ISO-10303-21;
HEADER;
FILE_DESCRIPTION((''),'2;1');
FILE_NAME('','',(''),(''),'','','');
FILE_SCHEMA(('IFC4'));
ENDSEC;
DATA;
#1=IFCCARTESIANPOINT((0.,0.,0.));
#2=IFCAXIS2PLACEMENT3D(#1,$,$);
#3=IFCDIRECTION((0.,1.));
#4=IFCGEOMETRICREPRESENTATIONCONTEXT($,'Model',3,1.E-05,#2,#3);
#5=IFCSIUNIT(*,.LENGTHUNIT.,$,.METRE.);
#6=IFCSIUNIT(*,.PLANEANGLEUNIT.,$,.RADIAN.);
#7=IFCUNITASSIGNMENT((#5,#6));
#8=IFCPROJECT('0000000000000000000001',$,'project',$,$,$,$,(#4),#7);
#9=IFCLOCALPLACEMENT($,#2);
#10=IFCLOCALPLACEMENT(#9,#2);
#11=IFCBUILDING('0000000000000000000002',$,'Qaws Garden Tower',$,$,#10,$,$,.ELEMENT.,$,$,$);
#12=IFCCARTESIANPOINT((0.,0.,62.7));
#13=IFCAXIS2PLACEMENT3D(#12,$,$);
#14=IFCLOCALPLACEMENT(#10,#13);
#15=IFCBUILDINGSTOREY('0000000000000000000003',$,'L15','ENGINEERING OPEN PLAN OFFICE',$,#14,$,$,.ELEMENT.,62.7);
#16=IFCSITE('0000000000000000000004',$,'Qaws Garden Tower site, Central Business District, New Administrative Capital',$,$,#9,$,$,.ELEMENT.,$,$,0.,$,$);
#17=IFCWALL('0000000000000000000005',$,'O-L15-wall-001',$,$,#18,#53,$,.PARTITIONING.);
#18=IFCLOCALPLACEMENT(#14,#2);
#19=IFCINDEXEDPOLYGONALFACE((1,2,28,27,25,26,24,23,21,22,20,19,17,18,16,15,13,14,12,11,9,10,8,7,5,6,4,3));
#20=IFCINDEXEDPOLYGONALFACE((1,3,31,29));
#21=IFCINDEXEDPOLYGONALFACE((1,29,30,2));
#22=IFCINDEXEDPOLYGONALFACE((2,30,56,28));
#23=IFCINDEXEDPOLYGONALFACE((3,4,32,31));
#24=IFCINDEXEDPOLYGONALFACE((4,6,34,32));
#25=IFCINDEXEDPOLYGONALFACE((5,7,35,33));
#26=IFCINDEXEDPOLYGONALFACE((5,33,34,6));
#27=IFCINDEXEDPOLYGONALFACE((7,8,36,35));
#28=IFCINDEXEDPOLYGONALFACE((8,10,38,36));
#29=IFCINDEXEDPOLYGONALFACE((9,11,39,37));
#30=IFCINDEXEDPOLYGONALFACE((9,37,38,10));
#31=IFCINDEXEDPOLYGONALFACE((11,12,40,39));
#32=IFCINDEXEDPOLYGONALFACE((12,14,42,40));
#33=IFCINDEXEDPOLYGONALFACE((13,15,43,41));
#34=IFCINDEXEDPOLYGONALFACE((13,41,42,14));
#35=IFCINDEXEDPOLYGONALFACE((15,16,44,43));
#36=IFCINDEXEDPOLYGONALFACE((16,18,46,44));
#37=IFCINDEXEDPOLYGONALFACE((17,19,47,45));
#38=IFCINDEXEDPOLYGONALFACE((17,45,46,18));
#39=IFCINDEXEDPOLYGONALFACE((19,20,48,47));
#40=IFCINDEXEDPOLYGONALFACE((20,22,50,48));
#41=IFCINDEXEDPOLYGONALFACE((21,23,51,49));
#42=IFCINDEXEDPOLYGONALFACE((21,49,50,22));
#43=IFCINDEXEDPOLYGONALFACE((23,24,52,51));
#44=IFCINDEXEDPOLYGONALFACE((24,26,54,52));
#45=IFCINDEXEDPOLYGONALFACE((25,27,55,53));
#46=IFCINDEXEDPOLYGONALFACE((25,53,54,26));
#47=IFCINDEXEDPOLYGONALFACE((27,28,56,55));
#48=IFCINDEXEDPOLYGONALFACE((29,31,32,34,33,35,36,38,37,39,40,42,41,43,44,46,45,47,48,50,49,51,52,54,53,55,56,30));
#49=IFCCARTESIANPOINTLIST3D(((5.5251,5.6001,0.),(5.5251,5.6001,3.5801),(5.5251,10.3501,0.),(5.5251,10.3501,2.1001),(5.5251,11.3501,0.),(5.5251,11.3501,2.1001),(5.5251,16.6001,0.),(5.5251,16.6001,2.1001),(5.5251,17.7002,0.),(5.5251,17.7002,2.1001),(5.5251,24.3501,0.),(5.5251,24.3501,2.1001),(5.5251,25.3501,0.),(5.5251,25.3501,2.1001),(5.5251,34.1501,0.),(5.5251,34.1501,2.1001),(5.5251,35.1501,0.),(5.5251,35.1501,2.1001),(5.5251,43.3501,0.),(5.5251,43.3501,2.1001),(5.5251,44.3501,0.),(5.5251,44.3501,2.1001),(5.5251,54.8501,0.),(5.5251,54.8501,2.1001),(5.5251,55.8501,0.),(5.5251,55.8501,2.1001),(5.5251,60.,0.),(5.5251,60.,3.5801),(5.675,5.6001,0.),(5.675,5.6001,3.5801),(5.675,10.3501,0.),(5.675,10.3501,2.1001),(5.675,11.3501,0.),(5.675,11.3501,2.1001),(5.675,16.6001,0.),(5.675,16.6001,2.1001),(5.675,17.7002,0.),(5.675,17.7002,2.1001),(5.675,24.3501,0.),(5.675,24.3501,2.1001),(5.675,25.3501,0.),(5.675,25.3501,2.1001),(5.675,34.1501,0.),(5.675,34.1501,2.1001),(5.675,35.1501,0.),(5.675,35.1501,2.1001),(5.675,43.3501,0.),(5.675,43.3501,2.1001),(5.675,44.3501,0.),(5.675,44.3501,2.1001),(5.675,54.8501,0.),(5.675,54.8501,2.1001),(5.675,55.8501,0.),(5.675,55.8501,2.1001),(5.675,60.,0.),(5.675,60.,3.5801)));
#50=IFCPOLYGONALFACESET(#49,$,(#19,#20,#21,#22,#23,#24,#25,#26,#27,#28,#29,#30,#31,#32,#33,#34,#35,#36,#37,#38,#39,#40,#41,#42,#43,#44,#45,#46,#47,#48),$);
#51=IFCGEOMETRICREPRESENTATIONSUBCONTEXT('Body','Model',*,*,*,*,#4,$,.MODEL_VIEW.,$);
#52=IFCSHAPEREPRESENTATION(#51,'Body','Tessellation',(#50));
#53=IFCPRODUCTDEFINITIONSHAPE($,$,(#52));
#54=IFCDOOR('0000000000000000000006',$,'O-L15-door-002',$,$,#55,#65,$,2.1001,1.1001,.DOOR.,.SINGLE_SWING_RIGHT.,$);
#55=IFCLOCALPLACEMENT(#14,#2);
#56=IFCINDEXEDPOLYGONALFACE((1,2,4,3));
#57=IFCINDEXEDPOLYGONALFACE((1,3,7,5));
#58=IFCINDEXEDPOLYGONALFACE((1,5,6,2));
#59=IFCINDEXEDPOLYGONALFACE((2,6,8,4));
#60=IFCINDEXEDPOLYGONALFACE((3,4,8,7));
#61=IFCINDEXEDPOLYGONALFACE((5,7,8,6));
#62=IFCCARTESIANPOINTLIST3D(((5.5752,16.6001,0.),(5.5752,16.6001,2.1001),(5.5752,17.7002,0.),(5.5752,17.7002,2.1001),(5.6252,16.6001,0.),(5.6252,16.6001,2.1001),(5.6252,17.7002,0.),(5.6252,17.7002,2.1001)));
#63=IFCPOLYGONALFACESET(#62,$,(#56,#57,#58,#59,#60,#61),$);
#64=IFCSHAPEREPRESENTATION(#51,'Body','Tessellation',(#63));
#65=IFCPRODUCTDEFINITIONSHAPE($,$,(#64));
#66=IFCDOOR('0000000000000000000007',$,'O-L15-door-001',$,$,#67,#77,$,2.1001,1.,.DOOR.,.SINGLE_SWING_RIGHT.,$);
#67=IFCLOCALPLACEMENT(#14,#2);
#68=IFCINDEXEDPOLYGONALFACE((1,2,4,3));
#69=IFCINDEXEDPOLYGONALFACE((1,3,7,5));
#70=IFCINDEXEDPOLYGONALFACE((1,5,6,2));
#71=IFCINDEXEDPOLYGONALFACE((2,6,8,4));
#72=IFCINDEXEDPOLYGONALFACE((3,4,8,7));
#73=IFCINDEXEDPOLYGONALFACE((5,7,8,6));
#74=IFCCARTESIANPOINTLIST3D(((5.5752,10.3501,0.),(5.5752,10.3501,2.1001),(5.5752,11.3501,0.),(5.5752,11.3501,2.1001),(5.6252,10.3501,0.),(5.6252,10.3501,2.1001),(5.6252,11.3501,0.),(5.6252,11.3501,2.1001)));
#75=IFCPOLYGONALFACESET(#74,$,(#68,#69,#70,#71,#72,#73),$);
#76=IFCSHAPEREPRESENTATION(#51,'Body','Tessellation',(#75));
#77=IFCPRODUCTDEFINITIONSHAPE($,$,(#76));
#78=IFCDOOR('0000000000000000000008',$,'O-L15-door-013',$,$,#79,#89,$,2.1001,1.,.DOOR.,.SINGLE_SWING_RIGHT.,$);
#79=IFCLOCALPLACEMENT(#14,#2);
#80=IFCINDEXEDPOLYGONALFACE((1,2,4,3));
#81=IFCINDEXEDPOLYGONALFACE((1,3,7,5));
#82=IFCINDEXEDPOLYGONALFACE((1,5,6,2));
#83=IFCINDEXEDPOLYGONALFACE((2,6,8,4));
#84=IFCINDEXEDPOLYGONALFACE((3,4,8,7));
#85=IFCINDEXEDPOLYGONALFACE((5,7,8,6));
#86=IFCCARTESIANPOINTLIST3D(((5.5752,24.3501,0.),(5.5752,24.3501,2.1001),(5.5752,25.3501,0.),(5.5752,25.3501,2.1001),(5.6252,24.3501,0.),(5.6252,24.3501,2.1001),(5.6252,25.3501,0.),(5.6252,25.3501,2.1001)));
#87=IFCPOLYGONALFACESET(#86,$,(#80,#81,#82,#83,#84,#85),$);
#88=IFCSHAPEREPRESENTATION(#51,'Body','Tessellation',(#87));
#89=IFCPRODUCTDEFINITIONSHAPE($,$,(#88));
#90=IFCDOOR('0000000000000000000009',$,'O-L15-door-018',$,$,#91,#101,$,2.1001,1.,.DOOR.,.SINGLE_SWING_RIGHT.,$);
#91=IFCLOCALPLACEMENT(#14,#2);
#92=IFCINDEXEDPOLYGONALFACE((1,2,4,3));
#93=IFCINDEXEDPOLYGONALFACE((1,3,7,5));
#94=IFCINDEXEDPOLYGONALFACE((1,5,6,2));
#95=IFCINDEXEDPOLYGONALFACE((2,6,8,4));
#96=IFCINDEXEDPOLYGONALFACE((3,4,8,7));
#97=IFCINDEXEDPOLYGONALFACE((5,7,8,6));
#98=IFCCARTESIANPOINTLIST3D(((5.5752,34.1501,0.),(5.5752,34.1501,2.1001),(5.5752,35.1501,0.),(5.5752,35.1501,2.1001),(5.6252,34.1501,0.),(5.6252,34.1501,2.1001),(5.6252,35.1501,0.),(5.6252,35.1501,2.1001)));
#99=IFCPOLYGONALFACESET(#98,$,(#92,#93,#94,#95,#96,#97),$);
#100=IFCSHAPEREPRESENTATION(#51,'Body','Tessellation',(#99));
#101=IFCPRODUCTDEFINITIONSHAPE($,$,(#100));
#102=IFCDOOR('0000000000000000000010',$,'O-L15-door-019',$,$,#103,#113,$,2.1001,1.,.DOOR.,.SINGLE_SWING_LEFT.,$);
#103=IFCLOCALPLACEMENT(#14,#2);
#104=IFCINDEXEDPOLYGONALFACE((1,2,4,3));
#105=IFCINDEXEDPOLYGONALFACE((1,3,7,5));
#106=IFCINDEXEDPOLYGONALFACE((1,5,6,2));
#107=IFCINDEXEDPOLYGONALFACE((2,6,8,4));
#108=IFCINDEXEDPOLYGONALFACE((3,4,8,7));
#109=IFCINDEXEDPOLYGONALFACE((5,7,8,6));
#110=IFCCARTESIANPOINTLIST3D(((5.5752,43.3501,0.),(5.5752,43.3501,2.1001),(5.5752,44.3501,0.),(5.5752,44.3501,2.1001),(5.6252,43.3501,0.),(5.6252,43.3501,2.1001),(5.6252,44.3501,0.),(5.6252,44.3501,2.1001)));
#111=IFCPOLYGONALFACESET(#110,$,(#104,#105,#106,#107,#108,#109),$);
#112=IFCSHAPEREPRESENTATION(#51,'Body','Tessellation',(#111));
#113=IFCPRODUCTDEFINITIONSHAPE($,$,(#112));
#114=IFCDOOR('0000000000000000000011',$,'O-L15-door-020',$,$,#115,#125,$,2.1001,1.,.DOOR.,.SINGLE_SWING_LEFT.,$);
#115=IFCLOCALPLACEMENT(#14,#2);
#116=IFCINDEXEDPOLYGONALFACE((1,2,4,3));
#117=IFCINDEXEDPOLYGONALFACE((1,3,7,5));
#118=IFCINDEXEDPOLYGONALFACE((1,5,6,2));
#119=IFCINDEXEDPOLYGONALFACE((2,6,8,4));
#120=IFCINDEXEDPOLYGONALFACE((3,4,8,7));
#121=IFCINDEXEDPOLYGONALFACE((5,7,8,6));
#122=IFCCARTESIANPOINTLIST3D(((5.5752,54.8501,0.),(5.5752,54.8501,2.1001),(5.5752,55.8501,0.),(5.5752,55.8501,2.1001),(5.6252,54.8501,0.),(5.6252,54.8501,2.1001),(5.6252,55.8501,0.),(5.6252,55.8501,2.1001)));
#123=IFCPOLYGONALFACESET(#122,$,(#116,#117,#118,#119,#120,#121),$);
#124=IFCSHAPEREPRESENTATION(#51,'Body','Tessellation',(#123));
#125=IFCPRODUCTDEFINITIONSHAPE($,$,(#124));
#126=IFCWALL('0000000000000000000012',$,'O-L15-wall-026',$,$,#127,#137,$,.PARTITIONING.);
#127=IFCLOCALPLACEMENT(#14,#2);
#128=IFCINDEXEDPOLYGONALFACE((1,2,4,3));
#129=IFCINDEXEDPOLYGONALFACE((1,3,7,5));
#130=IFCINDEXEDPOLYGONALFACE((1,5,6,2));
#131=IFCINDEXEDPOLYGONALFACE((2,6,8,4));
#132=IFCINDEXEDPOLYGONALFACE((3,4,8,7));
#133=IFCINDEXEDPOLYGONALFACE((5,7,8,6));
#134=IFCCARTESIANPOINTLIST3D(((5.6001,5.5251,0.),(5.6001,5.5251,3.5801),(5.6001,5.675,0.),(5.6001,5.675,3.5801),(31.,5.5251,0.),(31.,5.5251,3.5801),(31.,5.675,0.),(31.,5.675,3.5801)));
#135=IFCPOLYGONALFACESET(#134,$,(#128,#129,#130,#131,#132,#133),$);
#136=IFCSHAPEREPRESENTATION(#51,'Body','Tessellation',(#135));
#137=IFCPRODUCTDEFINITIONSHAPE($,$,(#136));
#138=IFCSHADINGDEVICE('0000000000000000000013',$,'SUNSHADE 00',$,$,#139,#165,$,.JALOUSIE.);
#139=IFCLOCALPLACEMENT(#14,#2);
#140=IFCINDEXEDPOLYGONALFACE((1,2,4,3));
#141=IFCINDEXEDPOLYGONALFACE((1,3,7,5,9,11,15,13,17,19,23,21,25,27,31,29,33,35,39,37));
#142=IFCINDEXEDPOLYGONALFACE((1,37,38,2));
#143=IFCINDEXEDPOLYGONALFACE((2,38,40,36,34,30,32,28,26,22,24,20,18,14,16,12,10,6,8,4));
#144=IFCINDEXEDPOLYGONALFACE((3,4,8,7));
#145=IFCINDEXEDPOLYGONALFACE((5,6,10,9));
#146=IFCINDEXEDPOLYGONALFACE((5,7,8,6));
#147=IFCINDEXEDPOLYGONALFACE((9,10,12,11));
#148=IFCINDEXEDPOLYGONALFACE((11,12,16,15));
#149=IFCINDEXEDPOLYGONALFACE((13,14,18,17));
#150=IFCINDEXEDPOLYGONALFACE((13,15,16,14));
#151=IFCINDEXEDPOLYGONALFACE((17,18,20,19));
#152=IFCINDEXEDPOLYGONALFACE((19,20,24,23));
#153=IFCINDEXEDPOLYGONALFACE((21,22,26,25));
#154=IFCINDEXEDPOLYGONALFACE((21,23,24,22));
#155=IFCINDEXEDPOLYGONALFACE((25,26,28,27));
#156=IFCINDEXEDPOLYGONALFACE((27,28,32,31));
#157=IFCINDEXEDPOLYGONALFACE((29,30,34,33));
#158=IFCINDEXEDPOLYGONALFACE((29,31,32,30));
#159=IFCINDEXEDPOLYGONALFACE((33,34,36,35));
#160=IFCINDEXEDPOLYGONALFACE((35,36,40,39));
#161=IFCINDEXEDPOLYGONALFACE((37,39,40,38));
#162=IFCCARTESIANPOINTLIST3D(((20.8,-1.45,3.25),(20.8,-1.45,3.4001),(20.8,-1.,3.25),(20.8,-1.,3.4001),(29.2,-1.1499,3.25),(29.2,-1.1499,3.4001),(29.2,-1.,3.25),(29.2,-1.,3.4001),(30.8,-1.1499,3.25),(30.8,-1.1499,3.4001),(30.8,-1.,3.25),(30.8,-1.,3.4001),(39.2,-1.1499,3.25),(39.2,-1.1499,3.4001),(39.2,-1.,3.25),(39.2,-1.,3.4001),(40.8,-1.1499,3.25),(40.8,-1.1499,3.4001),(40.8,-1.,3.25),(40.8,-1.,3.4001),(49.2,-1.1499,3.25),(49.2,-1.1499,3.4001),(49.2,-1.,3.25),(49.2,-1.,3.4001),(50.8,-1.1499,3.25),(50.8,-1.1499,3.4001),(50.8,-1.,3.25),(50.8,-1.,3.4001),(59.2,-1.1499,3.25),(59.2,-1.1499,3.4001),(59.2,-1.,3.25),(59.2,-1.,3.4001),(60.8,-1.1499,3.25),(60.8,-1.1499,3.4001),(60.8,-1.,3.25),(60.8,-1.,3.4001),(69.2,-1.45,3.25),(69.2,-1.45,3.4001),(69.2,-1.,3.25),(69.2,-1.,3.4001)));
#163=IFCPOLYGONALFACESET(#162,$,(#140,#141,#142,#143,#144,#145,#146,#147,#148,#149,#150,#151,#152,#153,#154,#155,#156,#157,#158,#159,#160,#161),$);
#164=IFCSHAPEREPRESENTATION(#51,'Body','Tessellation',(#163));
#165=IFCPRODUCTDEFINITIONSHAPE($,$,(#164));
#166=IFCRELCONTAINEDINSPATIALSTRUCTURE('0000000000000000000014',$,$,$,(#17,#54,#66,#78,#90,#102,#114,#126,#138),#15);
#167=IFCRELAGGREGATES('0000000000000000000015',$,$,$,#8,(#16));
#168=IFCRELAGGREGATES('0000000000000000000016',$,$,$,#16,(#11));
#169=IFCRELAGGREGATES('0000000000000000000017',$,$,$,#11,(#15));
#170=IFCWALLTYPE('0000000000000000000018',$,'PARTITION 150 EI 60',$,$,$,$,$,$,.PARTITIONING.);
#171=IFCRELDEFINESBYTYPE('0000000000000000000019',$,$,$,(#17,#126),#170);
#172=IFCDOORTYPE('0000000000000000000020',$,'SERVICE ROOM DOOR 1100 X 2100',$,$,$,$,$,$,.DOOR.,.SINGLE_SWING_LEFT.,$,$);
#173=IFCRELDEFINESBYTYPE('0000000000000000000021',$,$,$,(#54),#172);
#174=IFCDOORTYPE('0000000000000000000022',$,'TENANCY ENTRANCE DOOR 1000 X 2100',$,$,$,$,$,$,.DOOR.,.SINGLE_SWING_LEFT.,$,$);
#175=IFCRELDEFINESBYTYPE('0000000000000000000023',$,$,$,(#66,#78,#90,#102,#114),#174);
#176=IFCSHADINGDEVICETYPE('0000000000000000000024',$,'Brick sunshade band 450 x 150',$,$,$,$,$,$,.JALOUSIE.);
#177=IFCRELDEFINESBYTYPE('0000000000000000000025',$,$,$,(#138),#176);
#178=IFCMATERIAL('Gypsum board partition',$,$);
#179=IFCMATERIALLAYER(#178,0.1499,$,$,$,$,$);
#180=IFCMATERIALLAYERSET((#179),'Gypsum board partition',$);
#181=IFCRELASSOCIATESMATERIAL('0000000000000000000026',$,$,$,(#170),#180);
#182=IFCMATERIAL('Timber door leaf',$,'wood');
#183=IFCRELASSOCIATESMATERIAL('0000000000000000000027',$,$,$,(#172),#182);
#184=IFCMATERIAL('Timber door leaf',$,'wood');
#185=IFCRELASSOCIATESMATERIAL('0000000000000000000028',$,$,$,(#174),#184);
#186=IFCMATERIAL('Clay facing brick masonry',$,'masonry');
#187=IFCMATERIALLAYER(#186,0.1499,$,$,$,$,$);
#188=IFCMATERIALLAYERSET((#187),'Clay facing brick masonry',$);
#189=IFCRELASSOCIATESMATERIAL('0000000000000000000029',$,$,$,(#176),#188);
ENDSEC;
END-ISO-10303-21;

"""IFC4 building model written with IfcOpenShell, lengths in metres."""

from ifc_helpers import new_model, si_unit, direction, frame, frame_2d, origin, place, context, subcontext, project, spatial, polyline, rectangle, outline, extrude, material, layer, layer_set, type_object, element, fill, save


model = new_model("IFC4")

# Units and contexts
model_context = context("Model", 3, precision=1e-05, world=origin(), true_north=direction((0.0, 1.0)))
body_context = subcontext(model_context, "Body", "Model", "MODEL_VIEW")
ifc_project = project(units=[si_unit("LENGTHUNIT", "METRE"), si_unit("PLANEANGLEUNIT", "RADIAN")], contexts=[model_context])

# Site, building, storey
site_placement = place(None, origin())
site = spatial("IfcSite", under=ifc_project, at=site_placement, Name="Qaws Garden Tower site, Central Business District, New Administrative Capital", CompositionType="ELEMENT", RefElevation=0.0)
building_placement = place(site_placement, origin())
building = spatial("IfcBuilding", under=site, at=building_placement, Name="Qaws Garden Tower", CompositionType="ELEMENT")
storey_placement = place(building_placement, frame((0.0, 0.0, 62.7)))
storey = spatial("IfcBuildingStorey", under=building, at=storey_placement, Name="L15", Description="ENGINEERING OPEN PLAN OFFICE", CompositionType="ELEMENT", Elevation=62.7)

# Wall, openings, doors
ifc_material_1 = material(Name="Gypsum board partition")
ifc_layer_1 = layer(ifc_material_1, 0.1499)
ifc_layer_set_1 = layer_set([ifc_layer_1], Name="Gypsum board partition")
wall_type_1 = type_object("IfcWallType", Name="PARTITION 150 EI 60", PredefinedType="PARTITIONING", material=ifc_layer_set_1)
wall_1_placement = place(storey_placement, frame((5.6001, 5.6001, 0.0), z_axis=(0.0, 0.0, 1.0), x_axis=(0.0, 1.0, 0.0)))
wall_1 = element("IfcWall", 1, at=wall_1_placement, inside=storey, type_object=wall_type_1, Name="O-L15-wall-001", PredefinedType="PARTITIONING", context=body_context, shape_type="SweptSolid", body=[
    extrude(rectangle(XDim=54.3999, YDim=0.1499, at=frame_2d((27.2, 0.0))), origin(), (0.0, 0.0, 1.0), 3.5801),
])
opening_1_placement = place(wall_1_placement, frame((4.75, 0.0, 0.0)))
opening_1 = element("IfcOpeningElement", 2, at=opening_1_placement, cuts=wall_1, PredefinedType="OPENING", context=body_context, shape_type="SweptSolid", body=[
    extrude(rectangle(XDim=1.0, YDim=2.1001, at=frame_2d((0.5, 1.05))), frame((0.0, 0.085, 0.0), z_axis=(0.0, -1.0, 0.0), x_axis=(1.0, 0.0, 0.0)), (0.0, 0.0, 1.0), 0.1699),
])
opening_2_placement = place(wall_1_placement, frame((11.0, 0.0, 0.0)))
opening_2 = element("IfcOpeningElement", 3, at=opening_2_placement, cuts=wall_1, PredefinedType="OPENING", context=body_context, shape_type="SweptSolid", body=[
    extrude(rectangle(XDim=1.1001, YDim=2.1001, at=frame_2d((0.55, 1.05))), frame((0.0, 0.085, 0.0), z_axis=(0.0, -1.0, 0.0), x_axis=(1.0, 0.0, 0.0)), (0.0, 0.0, 1.0), 0.1699),
])
opening_3_placement = place(wall_1_placement, frame((18.75, 0.0, 0.0)))
opening_3 = element("IfcOpeningElement", 4, at=opening_3_placement, cuts=wall_1, PredefinedType="OPENING", context=body_context, shape_type="SweptSolid", body=[
    extrude(rectangle(XDim=1.0, YDim=2.1001, at=frame_2d((0.5, 1.05))), frame((0.0, 0.085, 0.0), z_axis=(0.0, -1.0, 0.0), x_axis=(1.0, 0.0, 0.0)), (0.0, 0.0, 1.0), 0.1699),
])
opening_4_placement = place(wall_1_placement, frame((28.55, 0.0, 0.0)))
opening_4 = element("IfcOpeningElement", 5, at=opening_4_placement, cuts=wall_1, PredefinedType="OPENING", context=body_context, shape_type="SweptSolid", body=[
    extrude(rectangle(XDim=1.0, YDim=2.1001, at=frame_2d((0.5, 1.05))), frame((0.0, 0.085, 0.0), z_axis=(0.0, -1.0, 0.0), x_axis=(1.0, 0.0, 0.0)), (0.0, 0.0, 1.0), 0.1699),
])
opening_5_placement = place(wall_1_placement, frame((37.75, 0.0, 0.0)))
opening_5 = element("IfcOpeningElement", 6, at=opening_5_placement, cuts=wall_1, PredefinedType="OPENING", context=body_context, shape_type="SweptSolid", body=[
    extrude(rectangle(XDim=1.0, YDim=2.1001, at=frame_2d((0.5, 1.05))), frame((0.0, 0.085, 0.0), z_axis=(0.0, -1.0, 0.0), x_axis=(1.0, 0.0, 0.0)), (0.0, 0.0, 1.0), 0.1699),
])
opening_6_placement = place(wall_1_placement, frame((49.25, 0.0, 0.0)))
opening_6 = element("IfcOpeningElement", 7, at=opening_6_placement, cuts=wall_1, PredefinedType="OPENING", context=body_context, shape_type="SweptSolid", body=[
    extrude(rectangle(XDim=1.0, YDim=2.1001, at=frame_2d((0.5, 1.05))), frame((0.0, 0.085, 0.0), z_axis=(0.0, -1.0, 0.0), x_axis=(1.0, 0.0, 0.0)), (0.0, 0.0, 1.0), 0.1699),
])
ifc_material_2 = material(Name="Timber door leaf", Category="wood")
door_type_1 = type_object("IfcDoorType", Name="SERVICE ROOM DOOR 1100 X 2100", OperationType="SINGLE_SWING_LEFT", PredefinedType="DOOR", material=ifc_material_2)
door_1_placement = place(opening_2_placement, origin())
door_1 = element("IfcDoor", 8, at=door_1_placement, inside=storey, type_object=door_type_1, Name="O-L15-door-002", OperationType="SINGLE_SWING_RIGHT", OverallHeight=2.1001, OverallWidth=1.1001, PredefinedType="DOOR", context=body_context, shape_type="SweptSolid", body=[
    extrude(rectangle(XDim=1.1001, YDim=2.1001, at=frame_2d((0.55, 1.05))), frame((0.0, 0.0249, 0.0), z_axis=(0.0, -1.0, 0.0), x_axis=(1.0, 0.0, 0.0)), (0.0, 0.0, 1.0), 0.05),
])
fill(opening_2, door_1)
ifc_material_3 = material(Name="Timber door leaf", Category="wood")
door_type_2 = type_object("IfcDoorType", Name="TENANCY ENTRANCE DOOR 1000 X 2100", OperationType="SINGLE_SWING_LEFT", PredefinedType="DOOR", material=ifc_material_3)
door_2_placement = place(opening_1_placement, origin())
door_2 = element("IfcDoor", 9, at=door_2_placement, inside=storey, type_object=door_type_2, Name="O-L15-door-001", OperationType="SINGLE_SWING_RIGHT", OverallHeight=2.1001, OverallWidth=1.0, PredefinedType="DOOR", context=body_context, shape_type="SweptSolid", body=[
    extrude(rectangle(XDim=1.0, YDim=2.1001, at=frame_2d((0.5, 1.05))), frame((0.0, 0.0249, 0.0), z_axis=(0.0, -1.0, 0.0), x_axis=(1.0, 0.0, 0.0)), (0.0, 0.0, 1.0), 0.05),
])
fill(opening_1, door_2)
door_3_placement = place(opening_3_placement, origin())
door_3 = element("IfcDoor", 10, at=door_3_placement, inside=storey, type_object=door_type_2, Name="O-L15-door-013", OperationType="SINGLE_SWING_RIGHT", OverallHeight=2.1001, OverallWidth=1.0, PredefinedType="DOOR", context=body_context, shape_type="SweptSolid", body=[
    extrude(rectangle(XDim=1.0, YDim=2.1001, at=frame_2d((0.5, 1.05))), frame((0.0, 0.0249, 0.0), z_axis=(0.0, -1.0, 0.0), x_axis=(1.0, 0.0, 0.0)), (0.0, 0.0, 1.0), 0.05),
])
fill(opening_3, door_3)
door_4_placement = place(opening_4_placement, origin())
door_4 = element("IfcDoor", 11, at=door_4_placement, inside=storey, type_object=door_type_2, Name="O-L15-door-018", OperationType="SINGLE_SWING_RIGHT", OverallHeight=2.1001, OverallWidth=1.0, PredefinedType="DOOR", context=body_context, shape_type="SweptSolid", body=[
    extrude(rectangle(XDim=1.0, YDim=2.1001, at=frame_2d((0.5, 1.05))), frame((0.0, 0.0249, 0.0), z_axis=(0.0, -1.0, 0.0), x_axis=(1.0, 0.0, 0.0)), (0.0, 0.0, 1.0), 0.05),
])
fill(opening_4, door_4)
door_5_placement = place(opening_5_placement, origin())
door_5 = element("IfcDoor", 12, at=door_5_placement, inside=storey, type_object=door_type_2, Name="O-L15-door-019", OperationType="SINGLE_SWING_LEFT", OverallHeight=2.1001, OverallWidth=1.0, PredefinedType="DOOR", context=body_context, shape_type="SweptSolid", body=[
    extrude(rectangle(XDim=1.0, YDim=2.1001, at=frame_2d((0.5, 1.05))), frame((0.0, 0.0249, 0.0), z_axis=(0.0, -1.0, 0.0), x_axis=(1.0, 0.0, 0.0)), (0.0, 0.0, 1.0), 0.05),
])
fill(opening_5, door_5)
door_6_placement = place(opening_6_placement, origin())
door_6 = element("IfcDoor", 13, at=door_6_placement, inside=storey, type_object=door_type_2, Name="O-L15-door-020", OperationType="SINGLE_SWING_LEFT", OverallHeight=2.1001, OverallWidth=1.0, PredefinedType="DOOR", context=body_context, shape_type="SweptSolid", body=[
    extrude(rectangle(XDim=1.0, YDim=2.1001, at=frame_2d((0.5, 1.05))), frame((0.0, 0.0249, 0.0), z_axis=(0.0, -1.0, 0.0), x_axis=(1.0, 0.0, 0.0)), (0.0, 0.0, 1.0), 0.05),
])
fill(opening_6, door_6)

# Wall
wall_2_placement = place(storey_placement, frame((5.6001, 5.6001, 0.0), z_axis=(0.0, 0.0, 1.0), x_axis=(1.0, 0.0, 0.0)))
element("IfcWall", 14, at=wall_2_placement, inside=storey, type_object=wall_type_1, Name="O-L15-wall-026", PredefinedType="PARTITIONING", context=body_context, shape_type="SweptSolid", body=[
    extrude(rectangle(XDim=25.3999, YDim=0.1499, at=frame_2d((12.7, 0.0))), origin(), (0.0, 0.0, 1.0), 3.5801),
])

# Shading device
ifc_material_4 = material(Name="Clay facing brick masonry", Category="masonry")
ifc_layer_2 = layer(ifc_material_4, 0.1499)
ifc_layer_set_2 = layer_set([ifc_layer_2], Name="Clay facing brick masonry")
shading_device_type = type_object("IfcShadingDeviceType", Name="Brick sunshade band 450 x 150", PredefinedType="JALOUSIE", material=ifc_layer_set_2)
shading_device_placement = place(storey_placement, frame((0.0, 0.0, 3.25)))
element("IfcShadingDevice", 15, at=shading_device_placement, inside=storey, type_object=shading_device_type, Name="SUNSHADE 00", PredefinedType="JALOUSIE", context=body_context, shape_type="SweptSolid", body=[
    extrude(outline(polyline([(20.8, -1.0), (20.8, -1.45), (69.2, -1.45), (69.2, -1.0), (60.8, -1.0), (60.8, -1.1499), (59.2, -1.1499), (59.2, -1.0), (50.8, -1.0), (50.8, -1.1499), (49.2, -1.1499), (49.2, -1.0), (40.8, -1.0), (40.8, -1.1499), (39.2, -1.1499), (39.2, -1.0), (30.8, -1.0), (30.8, -1.1499), (29.2, -1.1499), (29.2, -1.0), (20.8, -1.0)])), origin(), (0.0, 0.0, 1.0), 0.1501),
])

save(model, "model.ifc")
